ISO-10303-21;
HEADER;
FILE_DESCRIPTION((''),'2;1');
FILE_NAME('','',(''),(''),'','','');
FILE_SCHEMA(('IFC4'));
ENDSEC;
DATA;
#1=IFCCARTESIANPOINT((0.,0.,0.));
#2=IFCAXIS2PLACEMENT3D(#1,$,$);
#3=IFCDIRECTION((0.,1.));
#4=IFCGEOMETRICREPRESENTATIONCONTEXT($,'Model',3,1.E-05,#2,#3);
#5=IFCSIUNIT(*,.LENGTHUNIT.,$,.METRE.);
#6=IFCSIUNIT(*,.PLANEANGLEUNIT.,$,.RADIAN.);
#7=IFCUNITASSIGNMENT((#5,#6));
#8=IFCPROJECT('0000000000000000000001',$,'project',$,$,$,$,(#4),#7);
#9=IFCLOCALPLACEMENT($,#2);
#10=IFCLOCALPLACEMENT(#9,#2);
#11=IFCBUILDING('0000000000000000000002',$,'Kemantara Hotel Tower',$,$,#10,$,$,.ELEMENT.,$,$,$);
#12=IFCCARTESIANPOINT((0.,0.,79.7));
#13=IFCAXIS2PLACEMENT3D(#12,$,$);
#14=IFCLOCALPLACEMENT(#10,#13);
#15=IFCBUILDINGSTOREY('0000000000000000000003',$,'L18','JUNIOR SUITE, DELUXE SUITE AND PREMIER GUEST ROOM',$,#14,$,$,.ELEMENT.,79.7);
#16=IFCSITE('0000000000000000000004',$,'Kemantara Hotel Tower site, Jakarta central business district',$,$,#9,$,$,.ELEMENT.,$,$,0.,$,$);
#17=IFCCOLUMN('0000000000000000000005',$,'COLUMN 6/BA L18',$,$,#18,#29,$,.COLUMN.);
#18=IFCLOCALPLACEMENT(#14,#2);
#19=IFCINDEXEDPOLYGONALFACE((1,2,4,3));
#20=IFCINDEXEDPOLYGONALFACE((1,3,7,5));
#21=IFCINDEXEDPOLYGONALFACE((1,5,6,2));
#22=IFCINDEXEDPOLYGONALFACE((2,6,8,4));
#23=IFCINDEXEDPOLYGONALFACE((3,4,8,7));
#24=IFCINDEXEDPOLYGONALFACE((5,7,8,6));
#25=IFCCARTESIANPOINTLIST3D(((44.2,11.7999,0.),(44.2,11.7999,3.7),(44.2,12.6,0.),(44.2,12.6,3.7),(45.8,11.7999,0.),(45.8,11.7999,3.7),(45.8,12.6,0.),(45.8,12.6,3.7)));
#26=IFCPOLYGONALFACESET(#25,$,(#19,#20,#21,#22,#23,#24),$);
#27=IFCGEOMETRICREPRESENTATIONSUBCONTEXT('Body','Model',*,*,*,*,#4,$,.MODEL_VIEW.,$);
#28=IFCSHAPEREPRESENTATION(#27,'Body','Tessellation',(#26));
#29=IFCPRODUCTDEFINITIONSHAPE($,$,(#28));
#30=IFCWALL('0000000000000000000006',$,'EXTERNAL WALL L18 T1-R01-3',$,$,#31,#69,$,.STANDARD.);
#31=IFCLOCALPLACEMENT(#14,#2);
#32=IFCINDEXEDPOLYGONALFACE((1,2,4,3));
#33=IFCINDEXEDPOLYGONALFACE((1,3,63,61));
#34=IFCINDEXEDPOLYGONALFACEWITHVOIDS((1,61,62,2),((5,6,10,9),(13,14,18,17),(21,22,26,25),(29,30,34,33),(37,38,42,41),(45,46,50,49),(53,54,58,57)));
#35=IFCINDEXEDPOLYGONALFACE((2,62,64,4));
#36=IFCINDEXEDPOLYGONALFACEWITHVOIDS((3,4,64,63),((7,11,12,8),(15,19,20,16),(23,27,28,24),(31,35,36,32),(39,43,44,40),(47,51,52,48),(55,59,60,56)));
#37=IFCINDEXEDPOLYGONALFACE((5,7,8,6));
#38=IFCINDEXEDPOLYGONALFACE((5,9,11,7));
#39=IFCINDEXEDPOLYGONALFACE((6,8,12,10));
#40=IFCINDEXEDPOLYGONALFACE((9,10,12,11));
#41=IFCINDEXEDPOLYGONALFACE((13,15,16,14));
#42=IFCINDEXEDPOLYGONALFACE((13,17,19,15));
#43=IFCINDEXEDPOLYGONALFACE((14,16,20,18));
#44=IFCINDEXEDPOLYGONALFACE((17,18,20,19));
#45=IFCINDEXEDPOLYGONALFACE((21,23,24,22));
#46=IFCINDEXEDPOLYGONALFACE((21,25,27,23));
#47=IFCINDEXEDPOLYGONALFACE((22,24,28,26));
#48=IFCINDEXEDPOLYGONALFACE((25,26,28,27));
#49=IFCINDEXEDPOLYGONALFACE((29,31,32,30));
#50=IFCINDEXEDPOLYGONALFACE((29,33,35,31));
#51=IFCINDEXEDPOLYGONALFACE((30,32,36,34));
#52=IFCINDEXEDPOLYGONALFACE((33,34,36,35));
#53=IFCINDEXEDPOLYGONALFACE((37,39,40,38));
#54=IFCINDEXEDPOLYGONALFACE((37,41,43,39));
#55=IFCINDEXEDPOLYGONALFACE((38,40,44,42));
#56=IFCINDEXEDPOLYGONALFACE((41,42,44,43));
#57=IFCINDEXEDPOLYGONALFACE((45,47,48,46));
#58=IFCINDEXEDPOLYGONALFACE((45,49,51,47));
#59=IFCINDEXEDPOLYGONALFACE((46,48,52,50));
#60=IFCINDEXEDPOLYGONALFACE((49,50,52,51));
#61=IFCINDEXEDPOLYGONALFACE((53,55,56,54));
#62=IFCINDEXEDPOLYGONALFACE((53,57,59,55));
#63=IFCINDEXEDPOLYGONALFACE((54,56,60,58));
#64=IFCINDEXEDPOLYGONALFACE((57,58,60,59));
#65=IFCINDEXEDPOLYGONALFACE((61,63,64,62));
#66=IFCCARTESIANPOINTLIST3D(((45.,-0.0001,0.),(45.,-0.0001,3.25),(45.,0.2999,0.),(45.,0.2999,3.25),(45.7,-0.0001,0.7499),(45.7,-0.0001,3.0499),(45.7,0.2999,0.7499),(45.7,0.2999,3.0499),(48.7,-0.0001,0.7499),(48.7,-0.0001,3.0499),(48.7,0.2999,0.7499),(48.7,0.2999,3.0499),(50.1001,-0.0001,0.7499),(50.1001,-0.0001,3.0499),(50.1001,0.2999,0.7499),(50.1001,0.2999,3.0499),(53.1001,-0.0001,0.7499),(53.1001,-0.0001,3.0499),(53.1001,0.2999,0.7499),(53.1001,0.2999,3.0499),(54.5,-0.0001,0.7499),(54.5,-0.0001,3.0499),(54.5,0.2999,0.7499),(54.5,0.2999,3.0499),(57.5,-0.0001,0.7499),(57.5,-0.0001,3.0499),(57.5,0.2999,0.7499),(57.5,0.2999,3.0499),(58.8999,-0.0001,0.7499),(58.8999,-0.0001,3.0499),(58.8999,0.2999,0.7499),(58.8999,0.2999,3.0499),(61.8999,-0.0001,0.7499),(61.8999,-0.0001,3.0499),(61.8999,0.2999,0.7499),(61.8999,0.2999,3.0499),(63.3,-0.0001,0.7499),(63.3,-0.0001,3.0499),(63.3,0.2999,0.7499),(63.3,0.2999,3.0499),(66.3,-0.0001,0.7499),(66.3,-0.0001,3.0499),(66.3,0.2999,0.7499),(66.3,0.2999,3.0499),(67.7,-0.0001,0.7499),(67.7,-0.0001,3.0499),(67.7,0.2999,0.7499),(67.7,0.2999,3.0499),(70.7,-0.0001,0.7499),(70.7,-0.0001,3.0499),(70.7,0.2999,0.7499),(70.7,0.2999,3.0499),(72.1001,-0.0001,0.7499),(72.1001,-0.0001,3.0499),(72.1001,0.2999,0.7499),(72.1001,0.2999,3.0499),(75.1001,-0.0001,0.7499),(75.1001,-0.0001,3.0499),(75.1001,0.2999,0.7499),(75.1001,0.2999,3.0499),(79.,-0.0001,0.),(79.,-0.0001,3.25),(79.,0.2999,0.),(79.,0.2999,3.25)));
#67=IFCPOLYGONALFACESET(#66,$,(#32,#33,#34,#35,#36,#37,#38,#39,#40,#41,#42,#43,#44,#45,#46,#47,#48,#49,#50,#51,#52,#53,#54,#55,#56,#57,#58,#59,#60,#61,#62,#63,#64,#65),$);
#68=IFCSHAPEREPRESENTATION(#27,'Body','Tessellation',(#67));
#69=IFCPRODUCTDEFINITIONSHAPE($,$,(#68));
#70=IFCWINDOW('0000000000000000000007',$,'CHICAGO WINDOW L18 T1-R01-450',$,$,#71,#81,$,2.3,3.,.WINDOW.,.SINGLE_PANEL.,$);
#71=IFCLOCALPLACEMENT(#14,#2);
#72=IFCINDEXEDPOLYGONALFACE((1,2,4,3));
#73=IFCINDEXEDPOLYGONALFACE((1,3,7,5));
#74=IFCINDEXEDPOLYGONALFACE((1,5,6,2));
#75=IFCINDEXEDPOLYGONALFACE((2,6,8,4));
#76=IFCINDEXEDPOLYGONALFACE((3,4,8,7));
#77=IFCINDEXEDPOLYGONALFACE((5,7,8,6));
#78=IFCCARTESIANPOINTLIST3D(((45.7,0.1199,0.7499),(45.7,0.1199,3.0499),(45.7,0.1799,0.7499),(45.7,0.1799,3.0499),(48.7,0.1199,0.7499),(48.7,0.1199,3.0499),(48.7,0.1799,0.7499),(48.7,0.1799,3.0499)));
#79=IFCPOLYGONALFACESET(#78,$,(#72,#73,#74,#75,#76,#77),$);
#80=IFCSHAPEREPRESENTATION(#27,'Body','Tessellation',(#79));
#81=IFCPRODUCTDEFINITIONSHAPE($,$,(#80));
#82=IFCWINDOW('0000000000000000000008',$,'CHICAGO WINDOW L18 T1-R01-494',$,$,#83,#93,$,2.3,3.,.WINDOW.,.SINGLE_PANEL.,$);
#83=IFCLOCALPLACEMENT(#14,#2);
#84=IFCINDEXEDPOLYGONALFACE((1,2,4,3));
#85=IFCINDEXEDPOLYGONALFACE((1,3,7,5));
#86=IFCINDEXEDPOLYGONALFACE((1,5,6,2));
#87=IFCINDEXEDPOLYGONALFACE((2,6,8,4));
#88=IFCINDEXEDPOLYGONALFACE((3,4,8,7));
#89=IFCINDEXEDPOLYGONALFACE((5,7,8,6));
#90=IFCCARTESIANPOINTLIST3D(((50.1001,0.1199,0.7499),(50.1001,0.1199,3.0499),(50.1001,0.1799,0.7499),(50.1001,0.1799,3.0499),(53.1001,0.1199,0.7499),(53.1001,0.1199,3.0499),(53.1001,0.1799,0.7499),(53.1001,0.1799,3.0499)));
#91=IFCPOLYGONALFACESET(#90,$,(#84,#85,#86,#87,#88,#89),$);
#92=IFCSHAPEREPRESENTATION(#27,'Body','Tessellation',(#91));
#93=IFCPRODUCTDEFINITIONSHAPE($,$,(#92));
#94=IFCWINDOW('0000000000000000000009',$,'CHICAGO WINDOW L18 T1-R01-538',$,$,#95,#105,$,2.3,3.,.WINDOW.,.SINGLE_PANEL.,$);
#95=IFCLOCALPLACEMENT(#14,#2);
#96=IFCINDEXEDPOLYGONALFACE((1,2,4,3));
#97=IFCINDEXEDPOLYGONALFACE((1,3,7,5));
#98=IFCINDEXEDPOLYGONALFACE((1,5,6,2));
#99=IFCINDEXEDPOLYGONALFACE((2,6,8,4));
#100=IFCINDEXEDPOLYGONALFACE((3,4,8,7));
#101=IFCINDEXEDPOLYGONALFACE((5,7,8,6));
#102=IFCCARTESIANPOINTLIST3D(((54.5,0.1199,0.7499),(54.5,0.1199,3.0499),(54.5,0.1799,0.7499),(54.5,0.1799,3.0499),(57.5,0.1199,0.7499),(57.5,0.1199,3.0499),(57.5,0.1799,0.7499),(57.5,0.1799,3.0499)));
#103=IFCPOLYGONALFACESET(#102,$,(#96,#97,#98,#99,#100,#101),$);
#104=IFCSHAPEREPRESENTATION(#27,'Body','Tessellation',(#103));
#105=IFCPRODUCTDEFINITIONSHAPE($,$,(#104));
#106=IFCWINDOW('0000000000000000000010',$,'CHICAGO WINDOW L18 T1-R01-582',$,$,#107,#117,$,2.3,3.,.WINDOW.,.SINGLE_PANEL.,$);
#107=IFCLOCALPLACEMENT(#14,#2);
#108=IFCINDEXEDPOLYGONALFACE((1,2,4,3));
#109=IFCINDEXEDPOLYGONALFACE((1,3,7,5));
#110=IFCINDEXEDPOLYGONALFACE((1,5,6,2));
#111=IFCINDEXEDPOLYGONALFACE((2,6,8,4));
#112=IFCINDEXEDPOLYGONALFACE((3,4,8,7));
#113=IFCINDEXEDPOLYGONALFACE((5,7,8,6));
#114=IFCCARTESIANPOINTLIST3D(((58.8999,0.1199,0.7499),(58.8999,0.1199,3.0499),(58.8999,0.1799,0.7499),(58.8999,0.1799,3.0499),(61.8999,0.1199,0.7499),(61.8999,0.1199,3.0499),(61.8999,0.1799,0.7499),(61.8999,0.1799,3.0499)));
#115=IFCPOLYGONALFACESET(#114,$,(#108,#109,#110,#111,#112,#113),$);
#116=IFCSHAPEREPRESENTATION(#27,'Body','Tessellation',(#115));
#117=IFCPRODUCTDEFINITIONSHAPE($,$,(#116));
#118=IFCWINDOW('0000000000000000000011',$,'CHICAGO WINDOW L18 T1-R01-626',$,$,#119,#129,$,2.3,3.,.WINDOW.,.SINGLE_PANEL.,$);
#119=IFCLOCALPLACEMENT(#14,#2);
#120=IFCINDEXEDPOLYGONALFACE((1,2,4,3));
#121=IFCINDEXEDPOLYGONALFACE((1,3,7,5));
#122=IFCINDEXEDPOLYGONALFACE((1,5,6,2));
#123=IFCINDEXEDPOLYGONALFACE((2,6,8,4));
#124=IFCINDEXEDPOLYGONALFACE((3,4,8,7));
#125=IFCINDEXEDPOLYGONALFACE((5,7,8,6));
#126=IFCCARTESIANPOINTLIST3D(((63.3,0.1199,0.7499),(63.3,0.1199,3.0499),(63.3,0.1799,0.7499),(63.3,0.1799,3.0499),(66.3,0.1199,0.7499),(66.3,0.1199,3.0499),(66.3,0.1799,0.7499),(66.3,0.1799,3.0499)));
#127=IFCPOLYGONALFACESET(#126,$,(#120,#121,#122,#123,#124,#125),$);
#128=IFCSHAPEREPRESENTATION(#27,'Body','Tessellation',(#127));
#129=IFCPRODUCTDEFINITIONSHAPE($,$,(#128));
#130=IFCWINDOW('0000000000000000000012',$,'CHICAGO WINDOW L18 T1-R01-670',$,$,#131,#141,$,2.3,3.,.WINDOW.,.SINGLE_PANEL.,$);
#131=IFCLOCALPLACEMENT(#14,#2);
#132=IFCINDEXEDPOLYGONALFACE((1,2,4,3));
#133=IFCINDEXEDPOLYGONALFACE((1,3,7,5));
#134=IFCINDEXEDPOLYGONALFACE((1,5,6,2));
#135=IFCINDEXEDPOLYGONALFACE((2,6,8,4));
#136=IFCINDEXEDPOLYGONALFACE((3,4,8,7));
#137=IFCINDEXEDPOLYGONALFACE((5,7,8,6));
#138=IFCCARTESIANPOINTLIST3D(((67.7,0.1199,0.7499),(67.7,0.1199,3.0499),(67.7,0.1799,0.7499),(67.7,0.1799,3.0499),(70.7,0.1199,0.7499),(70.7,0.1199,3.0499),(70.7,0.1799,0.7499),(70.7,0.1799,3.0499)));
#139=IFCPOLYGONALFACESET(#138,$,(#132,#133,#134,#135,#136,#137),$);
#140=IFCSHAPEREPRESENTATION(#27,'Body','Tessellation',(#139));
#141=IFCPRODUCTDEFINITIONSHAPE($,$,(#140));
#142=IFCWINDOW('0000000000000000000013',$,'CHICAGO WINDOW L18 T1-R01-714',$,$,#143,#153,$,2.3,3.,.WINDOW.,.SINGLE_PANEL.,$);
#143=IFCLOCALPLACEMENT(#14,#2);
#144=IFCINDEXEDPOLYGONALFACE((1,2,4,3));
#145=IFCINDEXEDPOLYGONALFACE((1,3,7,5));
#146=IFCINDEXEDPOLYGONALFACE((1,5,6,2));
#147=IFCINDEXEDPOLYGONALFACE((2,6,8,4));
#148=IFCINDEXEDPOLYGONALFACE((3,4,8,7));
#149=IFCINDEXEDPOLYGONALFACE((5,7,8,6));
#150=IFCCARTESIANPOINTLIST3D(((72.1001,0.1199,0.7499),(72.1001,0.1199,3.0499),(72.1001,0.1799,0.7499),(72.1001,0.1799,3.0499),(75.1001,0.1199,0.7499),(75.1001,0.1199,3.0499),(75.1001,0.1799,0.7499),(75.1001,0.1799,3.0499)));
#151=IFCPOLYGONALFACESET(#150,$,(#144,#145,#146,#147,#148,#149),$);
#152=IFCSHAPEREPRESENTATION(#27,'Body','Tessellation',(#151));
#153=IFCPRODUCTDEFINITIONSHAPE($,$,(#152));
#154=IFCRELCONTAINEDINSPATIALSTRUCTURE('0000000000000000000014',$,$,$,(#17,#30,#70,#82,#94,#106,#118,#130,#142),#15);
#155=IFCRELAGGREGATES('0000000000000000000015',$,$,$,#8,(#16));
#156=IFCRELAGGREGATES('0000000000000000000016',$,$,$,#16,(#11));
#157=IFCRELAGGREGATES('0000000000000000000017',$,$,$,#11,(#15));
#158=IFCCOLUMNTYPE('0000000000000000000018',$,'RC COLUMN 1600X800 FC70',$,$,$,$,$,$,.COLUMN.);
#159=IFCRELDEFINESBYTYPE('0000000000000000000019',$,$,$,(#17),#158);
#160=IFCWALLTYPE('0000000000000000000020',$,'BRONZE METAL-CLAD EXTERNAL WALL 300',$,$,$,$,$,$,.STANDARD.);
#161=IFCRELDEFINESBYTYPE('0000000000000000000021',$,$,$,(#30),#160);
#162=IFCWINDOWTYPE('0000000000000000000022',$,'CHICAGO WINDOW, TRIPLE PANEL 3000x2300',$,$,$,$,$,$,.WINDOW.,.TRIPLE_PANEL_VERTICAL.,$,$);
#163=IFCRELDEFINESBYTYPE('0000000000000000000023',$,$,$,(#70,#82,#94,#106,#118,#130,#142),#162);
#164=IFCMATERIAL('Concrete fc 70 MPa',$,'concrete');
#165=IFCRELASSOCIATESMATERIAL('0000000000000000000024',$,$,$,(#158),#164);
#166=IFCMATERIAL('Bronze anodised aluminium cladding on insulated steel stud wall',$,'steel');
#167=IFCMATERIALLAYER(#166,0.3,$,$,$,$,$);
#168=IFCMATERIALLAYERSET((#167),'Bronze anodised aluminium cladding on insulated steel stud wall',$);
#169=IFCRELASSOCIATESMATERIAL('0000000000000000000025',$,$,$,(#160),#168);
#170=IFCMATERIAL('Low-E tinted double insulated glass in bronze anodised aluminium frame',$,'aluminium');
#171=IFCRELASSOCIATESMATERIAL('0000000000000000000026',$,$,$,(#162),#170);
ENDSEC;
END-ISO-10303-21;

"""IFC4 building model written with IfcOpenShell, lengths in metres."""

from ifc_helpers import new_model, si_unit, direction, frame, frame_2d, origin, origin_2d, place, context, subcontext, project, spatial, rectangle, extrude, material, layer, layer_set, material_profile, profile_set, type_object, element, fill, save


model = new_model("IFC4")

# Units and contexts
model_context = context("Model", 3, precision=1e-05, world=origin(), true_north=direction((0.0, 1.0)))
body_context = subcontext(model_context, "Body", "Model", "MODEL_VIEW")
ifc_project = project(units=[si_unit("LENGTHUNIT", "METRE"), si_unit("PLANEANGLEUNIT", "RADIAN")], contexts=[model_context])

# Site, building, storey
site_placement = place(None, origin())
site = spatial("IfcSite", under=ifc_project, at=site_placement, Name="Kemantara Hotel Tower site, Jakarta central business district", CompositionType="ELEMENT", RefElevation=0.0)
building_placement = place(site_placement, origin())
building = spatial("IfcBuilding", under=site, at=building_placement, Name="Kemantara Hotel Tower", CompositionType="ELEMENT")
storey_placement = place(building_placement, frame((0.0, 0.0, 79.7)))
storey = spatial("IfcBuildingStorey", under=building, at=storey_placement, Name="L18", Description="JUNIOR SUITE, DELUXE SUITE AND PREMIER GUEST ROOM", CompositionType="ELEMENT", Elevation=79.7)

# Column
ifc_material_1 = material(Name="Concrete fc 70 MPa", Category="concrete")
ifc_material_profile = material_profile(ifc_material_1, rectangle(XDim=1.6001, YDim=0.8, at=origin_2d()), Name="RC 1600X800")
ifc_profile_set = profile_set([ifc_material_profile], Name="Concrete fc 70 MPa")
column_type = type_object("IfcColumnType", Name="RC COLUMN 1600X800 FC70", PredefinedType="COLUMN", material=ifc_profile_set)
column_placement = place(storey_placement, frame((45.0, 12.2, 0.0), z_axis=(0.0, 0.0, 1.0), x_axis=(1.0, 0.0, 0.0)))
element("IfcColumn", 1, at=column_placement, inside=storey, type_object=column_type, Name="COLUMN 6/BA L18", PredefinedType="COLUMN", context=body_context, shape_type="SweptSolid", body=[
    extrude(rectangle(XDim=1.6001, YDim=0.8, at=origin_2d()), origin(), (0.0, 0.0, 1.0), 3.7),
])

# Wall, openings, windows
ifc_material_2 = material(Name="Bronze anodised aluminium cladding on insulated steel stud wall", Category="steel")
ifc_layer_1 = layer(ifc_material_2, 0.3)
ifc_layer_set_1 = layer_set([ifc_layer_1], Name="Bronze anodised aluminium cladding on insulated steel stud wall")
wall_type_1 = type_object("IfcWallType", Name="BRONZE METAL-CLAD EXTERNAL WALL 300", PredefinedType="STANDARD", material=ifc_layer_set_1)
wall_1_placement = place(storey_placement, frame((45.0, 0.1499, 0.0), z_axis=(0.0, 0.0, 1.0), x_axis=(1.0, 0.0, 0.0)))
wall_1 = element("IfcWall", 2, at=wall_1_placement, inside=storey, type_object=wall_type_1, Name="EXTERNAL WALL L18 T1-R01-3", PredefinedType="STANDARD", context=body_context, shape_type="SweptSolid", body=[
    extrude(rectangle(XDim=34.0, YDim=0.3, at=frame_2d((17.0, 0.0))), origin(), (0.0, 0.0, 1.0), 3.25),
])
opening_1_placement = place(wall_1_placement, frame((0.7, 0.0, 0.75)))
opening_1 = element("IfcOpeningElement", 3, at=opening_1_placement, cuts=wall_1, PredefinedType="OPENING", context=body_context, shape_type="SweptSolid", body=[
    extrude(rectangle(XDim=3.0, YDim=2.3, at=frame_2d((1.5, 1.1499))), frame((0.0, 0.1599, 0.0), z_axis=(0.0, -1.0, 0.0), x_axis=(1.0, 0.0, 0.0)), (0.0, 0.0, 1.0), 0.3201),
])
opening_2_placement = place(wall_1_placement, frame((5.1001, 0.0, 0.75)))
opening_2 = element("IfcOpeningElement", 4, at=opening_2_placement, cuts=wall_1, PredefinedType="OPENING", context=body_context, shape_type="SweptSolid", body=[
    extrude(rectangle(XDim=3.0, YDim=2.3, at=frame_2d((1.5, 1.1499))), frame((0.0, 0.1599, 0.0), z_axis=(0.0, -1.0, 0.0), x_axis=(1.0, 0.0, 0.0)), (0.0, 0.0, 1.0), 0.3201),
])
opening_3_placement = place(wall_1_placement, frame((9.5, 0.0, 0.75)))
opening_3 = element("IfcOpeningElement", 5, at=opening_3_placement, cuts=wall_1, PredefinedType="OPENING", context=body_context, shape_type="SweptSolid", body=[
    extrude(rectangle(XDim=3.0, YDim=2.3, at=frame_2d((1.5, 1.1499))), frame((0.0, 0.1599, 0.0), z_axis=(0.0, -1.0, 0.0), x_axis=(1.0, 0.0, 0.0)), (0.0, 0.0, 1.0), 0.3201),
])
opening_4_placement = place(wall_1_placement, frame((13.8999, 0.0, 0.75)))
opening_4 = element("IfcOpeningElement", 6, at=opening_4_placement, cuts=wall_1, PredefinedType="OPENING", context=body_context, shape_type="SweptSolid", body=[
    extrude(rectangle(XDim=3.0, YDim=2.3, at=frame_2d((1.5, 1.1499))), frame((0.0, 0.1599, 0.0), z_axis=(0.0, -1.0, 0.0), x_axis=(1.0, 0.0, 0.0)), (0.0, 0.0, 1.0), 0.3201),
])
opening_5_placement = place(wall_1_placement, frame((18.3, 0.0, 0.75)))
opening_5 = element("IfcOpeningElement", 7, at=opening_5_placement, cuts=wall_1, PredefinedType="OPENING", context=body_context, shape_type="SweptSolid", body=[
    extrude(rectangle(XDim=3.0, YDim=2.3, at=frame_2d((1.5, 1.1499))), frame((0.0, 0.1599, 0.0), z_axis=(0.0, -1.0, 0.0), x_axis=(1.0, 0.0, 0.0)), (0.0, 0.0, 1.0), 0.3201),
])
opening_6_placement = place(wall_1_placement, frame((22.7, 0.0, 0.75)))
opening_6 = element("IfcOpeningElement", 8, at=opening_6_placement, cuts=wall_1, PredefinedType="OPENING", context=body_context, shape_type="SweptSolid", body=[
    extrude(rectangle(XDim=3.0, YDim=2.3, at=frame_2d((1.5, 1.1499))), frame((0.0, 0.1599, 0.0), z_axis=(0.0, -1.0, 0.0), x_axis=(1.0, 0.0, 0.0)), (0.0, 0.0, 1.0), 0.3201),
])
opening_7_placement = place(wall_1_placement, frame((27.1001, 0.0, 0.75)))
opening_7 = element("IfcOpeningElement", 9, at=opening_7_placement, cuts=wall_1, PredefinedType="OPENING", context=body_context, shape_type="SweptSolid", body=[
    extrude(rectangle(XDim=3.0, YDim=2.3, at=frame_2d((1.5, 1.1499))), frame((0.0, 0.1599, 0.0), z_axis=(0.0, -1.0, 0.0), x_axis=(1.0, 0.0, 0.0)), (0.0, 0.0, 1.0), 0.3201),
])
ifc_material_3 = material(Name="Low-E tinted double insulated glass in bronze anodised aluminium frame", Category="aluminium")
window_type = type_object("IfcWindowType", Name="CHICAGO WINDOW, TRIPLE PANEL 3000x2300", PartitioningType="TRIPLE_PANEL_VERTICAL", PredefinedType="WINDOW", material=ifc_material_3)
window_1_placement = place(opening_1_placement, origin())
window_1 = element("IfcWindow", 10, at=window_1_placement, inside=storey, type_object=window_type, Name="CHICAGO WINDOW L18 T1-R01-450", OverallHeight=2.3, OverallWidth=3.0, PartitioningType="SINGLE_PANEL", PredefinedType="WINDOW", context=body_context, shape_type="SweptSolid", body=[
    extrude(rectangle(XDim=3.0, YDim=2.3, at=frame_2d((1.5, 1.1499))), frame((0.0, 0.03, 0.0), z_axis=(0.0, -1.0, 0.0), x_axis=(1.0, 0.0, 0.0)), (0.0, 0.0, 1.0), 0.0601),
])
fill(opening_1, window_1)
window_2_placement = place(opening_2_placement, origin())
window_2 = element("IfcWindow", 11, at=window_2_placement, inside=storey, type_object=window_type, Name="CHICAGO WINDOW L18 T1-R01-494", OverallHeight=2.3, OverallWidth=3.0, PartitioningType="SINGLE_PANEL", PredefinedType="WINDOW", context=body_context, shape_type="SweptSolid", body=[
    extrude(rectangle(XDim=3.0, YDim=2.3, at=frame_2d((1.5, 1.1499))), frame((0.0, 0.03, 0.0), z_axis=(0.0, -1.0, 0.0), x_axis=(1.0, 0.0, 0.0)), (0.0, 0.0, 1.0), 0.0601),
])
fill(opening_2, window_2)
window_3_placement = place(opening_3_placement, origin())
window_3 = element("IfcWindow", 12, at=window_3_placement, inside=storey, type_object=window_type, Name="CHICAGO WINDOW L18 T1-R01-538", OverallHeight=2.3, OverallWidth=3.0, PartitioningType="SINGLE_PANEL", PredefinedType="WINDOW", context=body_context, shape_type="SweptSolid", body=[
    extrude(rectangle(XDim=3.0, YDim=2.3, at=frame_2d((1.5, 1.1499))), frame((0.0, 0.03, 0.0), z_axis=(0.0, -1.0, 0.0), x_axis=(1.0, 0.0, 0.0)), (0.0, 0.0, 1.0), 0.0601),
])
fill(opening_3, window_3)
window_4_placement = place(opening_4_placement, origin())
window_4 = element("IfcWindow", 13, at=window_4_placement, inside=storey, type_object=window_type, Name="CHICAGO WINDOW L18 T1-R01-582", OverallHeight=2.3, OverallWidth=3.0, PartitioningType="SINGLE_PANEL", PredefinedType="WINDOW", context=body_context, shape_type="SweptSolid", body=[
    extrude(rectangle(XDim=3.0, YDim=2.3, at=frame_2d((1.5, 1.1499))), frame((0.0, 0.03, 0.0), z_axis=(0.0, -1.0, 0.0), x_axis=(1.0, 0.0, 0.0)), (0.0, 0.0, 1.0), 0.0601),
])
fill(opening_4, window_4)
window_5_placement = place(opening_5_placement, origin())
window_5 = element("IfcWindow", 14, at=window_5_placement, inside=storey, type_object=window_type, Name="CHICAGO WINDOW L18 T1-R01-626", OverallHeight=2.3, OverallWidth=3.0, PartitioningType="SINGLE_PANEL", PredefinedType="WINDOW", context=body_context, shape_type="SweptSolid", body=[
    extrude(rectangle(XDim=3.0, YDim=2.3, at=frame_2d((1.5, 1.1499))), frame((0.0, 0.03, 0.0), z_axis=(0.0, -1.0, 0.0), x_axis=(1.0, 0.0, 0.0)), (0.0, 0.0, 1.0), 0.0601),
])
fill(opening_5, window_5)
window_6_placement = place(opening_6_placement, origin())
window_6 = element("IfcWindow", 15, at=window_6_placement, inside=storey, type_object=window_type, Name="CHICAGO WINDOW L18 T1-R01-670", OverallHeight=2.3, OverallWidth=3.0, PartitioningType="SINGLE_PANEL", PredefinedType="WINDOW", context=body_context, shape_type="SweptSolid", body=[
    extrude(rectangle(XDim=3.0, YDim=2.3, at=frame_2d((1.5, 1.1499))), frame((0.0, 0.03, 0.0), z_axis=(0.0, -1.0, 0.0), x_axis=(1.0, 0.0, 0.0)), (0.0, 0.0, 1.0), 0.0601),
])
fill(opening_6, window_6)
window_7_placement = place(opening_7_placement, origin())
window_7 = element("IfcWindow", 16, at=window_7_placement, inside=storey, type_object=window_type, Name="CHICAGO WINDOW L18 T1-R01-714", OverallHeight=2.3, OverallWidth=3.0, PartitioningType="SINGLE_PANEL", PredefinedType="WINDOW", context=body_context, shape_type="SweptSolid", body=[
    extrude(rectangle(XDim=3.0, YDim=2.3, at=frame_2d((1.5, 1.1499))), frame((0.0, 0.03, 0.0), z_axis=(0.0, -1.0, 0.0), x_axis=(1.0, 0.0, 0.0)), (0.0, 0.0, 1.0), 0.0601),
])
fill(opening_7, window_7)

save(model, "model.ifc")
